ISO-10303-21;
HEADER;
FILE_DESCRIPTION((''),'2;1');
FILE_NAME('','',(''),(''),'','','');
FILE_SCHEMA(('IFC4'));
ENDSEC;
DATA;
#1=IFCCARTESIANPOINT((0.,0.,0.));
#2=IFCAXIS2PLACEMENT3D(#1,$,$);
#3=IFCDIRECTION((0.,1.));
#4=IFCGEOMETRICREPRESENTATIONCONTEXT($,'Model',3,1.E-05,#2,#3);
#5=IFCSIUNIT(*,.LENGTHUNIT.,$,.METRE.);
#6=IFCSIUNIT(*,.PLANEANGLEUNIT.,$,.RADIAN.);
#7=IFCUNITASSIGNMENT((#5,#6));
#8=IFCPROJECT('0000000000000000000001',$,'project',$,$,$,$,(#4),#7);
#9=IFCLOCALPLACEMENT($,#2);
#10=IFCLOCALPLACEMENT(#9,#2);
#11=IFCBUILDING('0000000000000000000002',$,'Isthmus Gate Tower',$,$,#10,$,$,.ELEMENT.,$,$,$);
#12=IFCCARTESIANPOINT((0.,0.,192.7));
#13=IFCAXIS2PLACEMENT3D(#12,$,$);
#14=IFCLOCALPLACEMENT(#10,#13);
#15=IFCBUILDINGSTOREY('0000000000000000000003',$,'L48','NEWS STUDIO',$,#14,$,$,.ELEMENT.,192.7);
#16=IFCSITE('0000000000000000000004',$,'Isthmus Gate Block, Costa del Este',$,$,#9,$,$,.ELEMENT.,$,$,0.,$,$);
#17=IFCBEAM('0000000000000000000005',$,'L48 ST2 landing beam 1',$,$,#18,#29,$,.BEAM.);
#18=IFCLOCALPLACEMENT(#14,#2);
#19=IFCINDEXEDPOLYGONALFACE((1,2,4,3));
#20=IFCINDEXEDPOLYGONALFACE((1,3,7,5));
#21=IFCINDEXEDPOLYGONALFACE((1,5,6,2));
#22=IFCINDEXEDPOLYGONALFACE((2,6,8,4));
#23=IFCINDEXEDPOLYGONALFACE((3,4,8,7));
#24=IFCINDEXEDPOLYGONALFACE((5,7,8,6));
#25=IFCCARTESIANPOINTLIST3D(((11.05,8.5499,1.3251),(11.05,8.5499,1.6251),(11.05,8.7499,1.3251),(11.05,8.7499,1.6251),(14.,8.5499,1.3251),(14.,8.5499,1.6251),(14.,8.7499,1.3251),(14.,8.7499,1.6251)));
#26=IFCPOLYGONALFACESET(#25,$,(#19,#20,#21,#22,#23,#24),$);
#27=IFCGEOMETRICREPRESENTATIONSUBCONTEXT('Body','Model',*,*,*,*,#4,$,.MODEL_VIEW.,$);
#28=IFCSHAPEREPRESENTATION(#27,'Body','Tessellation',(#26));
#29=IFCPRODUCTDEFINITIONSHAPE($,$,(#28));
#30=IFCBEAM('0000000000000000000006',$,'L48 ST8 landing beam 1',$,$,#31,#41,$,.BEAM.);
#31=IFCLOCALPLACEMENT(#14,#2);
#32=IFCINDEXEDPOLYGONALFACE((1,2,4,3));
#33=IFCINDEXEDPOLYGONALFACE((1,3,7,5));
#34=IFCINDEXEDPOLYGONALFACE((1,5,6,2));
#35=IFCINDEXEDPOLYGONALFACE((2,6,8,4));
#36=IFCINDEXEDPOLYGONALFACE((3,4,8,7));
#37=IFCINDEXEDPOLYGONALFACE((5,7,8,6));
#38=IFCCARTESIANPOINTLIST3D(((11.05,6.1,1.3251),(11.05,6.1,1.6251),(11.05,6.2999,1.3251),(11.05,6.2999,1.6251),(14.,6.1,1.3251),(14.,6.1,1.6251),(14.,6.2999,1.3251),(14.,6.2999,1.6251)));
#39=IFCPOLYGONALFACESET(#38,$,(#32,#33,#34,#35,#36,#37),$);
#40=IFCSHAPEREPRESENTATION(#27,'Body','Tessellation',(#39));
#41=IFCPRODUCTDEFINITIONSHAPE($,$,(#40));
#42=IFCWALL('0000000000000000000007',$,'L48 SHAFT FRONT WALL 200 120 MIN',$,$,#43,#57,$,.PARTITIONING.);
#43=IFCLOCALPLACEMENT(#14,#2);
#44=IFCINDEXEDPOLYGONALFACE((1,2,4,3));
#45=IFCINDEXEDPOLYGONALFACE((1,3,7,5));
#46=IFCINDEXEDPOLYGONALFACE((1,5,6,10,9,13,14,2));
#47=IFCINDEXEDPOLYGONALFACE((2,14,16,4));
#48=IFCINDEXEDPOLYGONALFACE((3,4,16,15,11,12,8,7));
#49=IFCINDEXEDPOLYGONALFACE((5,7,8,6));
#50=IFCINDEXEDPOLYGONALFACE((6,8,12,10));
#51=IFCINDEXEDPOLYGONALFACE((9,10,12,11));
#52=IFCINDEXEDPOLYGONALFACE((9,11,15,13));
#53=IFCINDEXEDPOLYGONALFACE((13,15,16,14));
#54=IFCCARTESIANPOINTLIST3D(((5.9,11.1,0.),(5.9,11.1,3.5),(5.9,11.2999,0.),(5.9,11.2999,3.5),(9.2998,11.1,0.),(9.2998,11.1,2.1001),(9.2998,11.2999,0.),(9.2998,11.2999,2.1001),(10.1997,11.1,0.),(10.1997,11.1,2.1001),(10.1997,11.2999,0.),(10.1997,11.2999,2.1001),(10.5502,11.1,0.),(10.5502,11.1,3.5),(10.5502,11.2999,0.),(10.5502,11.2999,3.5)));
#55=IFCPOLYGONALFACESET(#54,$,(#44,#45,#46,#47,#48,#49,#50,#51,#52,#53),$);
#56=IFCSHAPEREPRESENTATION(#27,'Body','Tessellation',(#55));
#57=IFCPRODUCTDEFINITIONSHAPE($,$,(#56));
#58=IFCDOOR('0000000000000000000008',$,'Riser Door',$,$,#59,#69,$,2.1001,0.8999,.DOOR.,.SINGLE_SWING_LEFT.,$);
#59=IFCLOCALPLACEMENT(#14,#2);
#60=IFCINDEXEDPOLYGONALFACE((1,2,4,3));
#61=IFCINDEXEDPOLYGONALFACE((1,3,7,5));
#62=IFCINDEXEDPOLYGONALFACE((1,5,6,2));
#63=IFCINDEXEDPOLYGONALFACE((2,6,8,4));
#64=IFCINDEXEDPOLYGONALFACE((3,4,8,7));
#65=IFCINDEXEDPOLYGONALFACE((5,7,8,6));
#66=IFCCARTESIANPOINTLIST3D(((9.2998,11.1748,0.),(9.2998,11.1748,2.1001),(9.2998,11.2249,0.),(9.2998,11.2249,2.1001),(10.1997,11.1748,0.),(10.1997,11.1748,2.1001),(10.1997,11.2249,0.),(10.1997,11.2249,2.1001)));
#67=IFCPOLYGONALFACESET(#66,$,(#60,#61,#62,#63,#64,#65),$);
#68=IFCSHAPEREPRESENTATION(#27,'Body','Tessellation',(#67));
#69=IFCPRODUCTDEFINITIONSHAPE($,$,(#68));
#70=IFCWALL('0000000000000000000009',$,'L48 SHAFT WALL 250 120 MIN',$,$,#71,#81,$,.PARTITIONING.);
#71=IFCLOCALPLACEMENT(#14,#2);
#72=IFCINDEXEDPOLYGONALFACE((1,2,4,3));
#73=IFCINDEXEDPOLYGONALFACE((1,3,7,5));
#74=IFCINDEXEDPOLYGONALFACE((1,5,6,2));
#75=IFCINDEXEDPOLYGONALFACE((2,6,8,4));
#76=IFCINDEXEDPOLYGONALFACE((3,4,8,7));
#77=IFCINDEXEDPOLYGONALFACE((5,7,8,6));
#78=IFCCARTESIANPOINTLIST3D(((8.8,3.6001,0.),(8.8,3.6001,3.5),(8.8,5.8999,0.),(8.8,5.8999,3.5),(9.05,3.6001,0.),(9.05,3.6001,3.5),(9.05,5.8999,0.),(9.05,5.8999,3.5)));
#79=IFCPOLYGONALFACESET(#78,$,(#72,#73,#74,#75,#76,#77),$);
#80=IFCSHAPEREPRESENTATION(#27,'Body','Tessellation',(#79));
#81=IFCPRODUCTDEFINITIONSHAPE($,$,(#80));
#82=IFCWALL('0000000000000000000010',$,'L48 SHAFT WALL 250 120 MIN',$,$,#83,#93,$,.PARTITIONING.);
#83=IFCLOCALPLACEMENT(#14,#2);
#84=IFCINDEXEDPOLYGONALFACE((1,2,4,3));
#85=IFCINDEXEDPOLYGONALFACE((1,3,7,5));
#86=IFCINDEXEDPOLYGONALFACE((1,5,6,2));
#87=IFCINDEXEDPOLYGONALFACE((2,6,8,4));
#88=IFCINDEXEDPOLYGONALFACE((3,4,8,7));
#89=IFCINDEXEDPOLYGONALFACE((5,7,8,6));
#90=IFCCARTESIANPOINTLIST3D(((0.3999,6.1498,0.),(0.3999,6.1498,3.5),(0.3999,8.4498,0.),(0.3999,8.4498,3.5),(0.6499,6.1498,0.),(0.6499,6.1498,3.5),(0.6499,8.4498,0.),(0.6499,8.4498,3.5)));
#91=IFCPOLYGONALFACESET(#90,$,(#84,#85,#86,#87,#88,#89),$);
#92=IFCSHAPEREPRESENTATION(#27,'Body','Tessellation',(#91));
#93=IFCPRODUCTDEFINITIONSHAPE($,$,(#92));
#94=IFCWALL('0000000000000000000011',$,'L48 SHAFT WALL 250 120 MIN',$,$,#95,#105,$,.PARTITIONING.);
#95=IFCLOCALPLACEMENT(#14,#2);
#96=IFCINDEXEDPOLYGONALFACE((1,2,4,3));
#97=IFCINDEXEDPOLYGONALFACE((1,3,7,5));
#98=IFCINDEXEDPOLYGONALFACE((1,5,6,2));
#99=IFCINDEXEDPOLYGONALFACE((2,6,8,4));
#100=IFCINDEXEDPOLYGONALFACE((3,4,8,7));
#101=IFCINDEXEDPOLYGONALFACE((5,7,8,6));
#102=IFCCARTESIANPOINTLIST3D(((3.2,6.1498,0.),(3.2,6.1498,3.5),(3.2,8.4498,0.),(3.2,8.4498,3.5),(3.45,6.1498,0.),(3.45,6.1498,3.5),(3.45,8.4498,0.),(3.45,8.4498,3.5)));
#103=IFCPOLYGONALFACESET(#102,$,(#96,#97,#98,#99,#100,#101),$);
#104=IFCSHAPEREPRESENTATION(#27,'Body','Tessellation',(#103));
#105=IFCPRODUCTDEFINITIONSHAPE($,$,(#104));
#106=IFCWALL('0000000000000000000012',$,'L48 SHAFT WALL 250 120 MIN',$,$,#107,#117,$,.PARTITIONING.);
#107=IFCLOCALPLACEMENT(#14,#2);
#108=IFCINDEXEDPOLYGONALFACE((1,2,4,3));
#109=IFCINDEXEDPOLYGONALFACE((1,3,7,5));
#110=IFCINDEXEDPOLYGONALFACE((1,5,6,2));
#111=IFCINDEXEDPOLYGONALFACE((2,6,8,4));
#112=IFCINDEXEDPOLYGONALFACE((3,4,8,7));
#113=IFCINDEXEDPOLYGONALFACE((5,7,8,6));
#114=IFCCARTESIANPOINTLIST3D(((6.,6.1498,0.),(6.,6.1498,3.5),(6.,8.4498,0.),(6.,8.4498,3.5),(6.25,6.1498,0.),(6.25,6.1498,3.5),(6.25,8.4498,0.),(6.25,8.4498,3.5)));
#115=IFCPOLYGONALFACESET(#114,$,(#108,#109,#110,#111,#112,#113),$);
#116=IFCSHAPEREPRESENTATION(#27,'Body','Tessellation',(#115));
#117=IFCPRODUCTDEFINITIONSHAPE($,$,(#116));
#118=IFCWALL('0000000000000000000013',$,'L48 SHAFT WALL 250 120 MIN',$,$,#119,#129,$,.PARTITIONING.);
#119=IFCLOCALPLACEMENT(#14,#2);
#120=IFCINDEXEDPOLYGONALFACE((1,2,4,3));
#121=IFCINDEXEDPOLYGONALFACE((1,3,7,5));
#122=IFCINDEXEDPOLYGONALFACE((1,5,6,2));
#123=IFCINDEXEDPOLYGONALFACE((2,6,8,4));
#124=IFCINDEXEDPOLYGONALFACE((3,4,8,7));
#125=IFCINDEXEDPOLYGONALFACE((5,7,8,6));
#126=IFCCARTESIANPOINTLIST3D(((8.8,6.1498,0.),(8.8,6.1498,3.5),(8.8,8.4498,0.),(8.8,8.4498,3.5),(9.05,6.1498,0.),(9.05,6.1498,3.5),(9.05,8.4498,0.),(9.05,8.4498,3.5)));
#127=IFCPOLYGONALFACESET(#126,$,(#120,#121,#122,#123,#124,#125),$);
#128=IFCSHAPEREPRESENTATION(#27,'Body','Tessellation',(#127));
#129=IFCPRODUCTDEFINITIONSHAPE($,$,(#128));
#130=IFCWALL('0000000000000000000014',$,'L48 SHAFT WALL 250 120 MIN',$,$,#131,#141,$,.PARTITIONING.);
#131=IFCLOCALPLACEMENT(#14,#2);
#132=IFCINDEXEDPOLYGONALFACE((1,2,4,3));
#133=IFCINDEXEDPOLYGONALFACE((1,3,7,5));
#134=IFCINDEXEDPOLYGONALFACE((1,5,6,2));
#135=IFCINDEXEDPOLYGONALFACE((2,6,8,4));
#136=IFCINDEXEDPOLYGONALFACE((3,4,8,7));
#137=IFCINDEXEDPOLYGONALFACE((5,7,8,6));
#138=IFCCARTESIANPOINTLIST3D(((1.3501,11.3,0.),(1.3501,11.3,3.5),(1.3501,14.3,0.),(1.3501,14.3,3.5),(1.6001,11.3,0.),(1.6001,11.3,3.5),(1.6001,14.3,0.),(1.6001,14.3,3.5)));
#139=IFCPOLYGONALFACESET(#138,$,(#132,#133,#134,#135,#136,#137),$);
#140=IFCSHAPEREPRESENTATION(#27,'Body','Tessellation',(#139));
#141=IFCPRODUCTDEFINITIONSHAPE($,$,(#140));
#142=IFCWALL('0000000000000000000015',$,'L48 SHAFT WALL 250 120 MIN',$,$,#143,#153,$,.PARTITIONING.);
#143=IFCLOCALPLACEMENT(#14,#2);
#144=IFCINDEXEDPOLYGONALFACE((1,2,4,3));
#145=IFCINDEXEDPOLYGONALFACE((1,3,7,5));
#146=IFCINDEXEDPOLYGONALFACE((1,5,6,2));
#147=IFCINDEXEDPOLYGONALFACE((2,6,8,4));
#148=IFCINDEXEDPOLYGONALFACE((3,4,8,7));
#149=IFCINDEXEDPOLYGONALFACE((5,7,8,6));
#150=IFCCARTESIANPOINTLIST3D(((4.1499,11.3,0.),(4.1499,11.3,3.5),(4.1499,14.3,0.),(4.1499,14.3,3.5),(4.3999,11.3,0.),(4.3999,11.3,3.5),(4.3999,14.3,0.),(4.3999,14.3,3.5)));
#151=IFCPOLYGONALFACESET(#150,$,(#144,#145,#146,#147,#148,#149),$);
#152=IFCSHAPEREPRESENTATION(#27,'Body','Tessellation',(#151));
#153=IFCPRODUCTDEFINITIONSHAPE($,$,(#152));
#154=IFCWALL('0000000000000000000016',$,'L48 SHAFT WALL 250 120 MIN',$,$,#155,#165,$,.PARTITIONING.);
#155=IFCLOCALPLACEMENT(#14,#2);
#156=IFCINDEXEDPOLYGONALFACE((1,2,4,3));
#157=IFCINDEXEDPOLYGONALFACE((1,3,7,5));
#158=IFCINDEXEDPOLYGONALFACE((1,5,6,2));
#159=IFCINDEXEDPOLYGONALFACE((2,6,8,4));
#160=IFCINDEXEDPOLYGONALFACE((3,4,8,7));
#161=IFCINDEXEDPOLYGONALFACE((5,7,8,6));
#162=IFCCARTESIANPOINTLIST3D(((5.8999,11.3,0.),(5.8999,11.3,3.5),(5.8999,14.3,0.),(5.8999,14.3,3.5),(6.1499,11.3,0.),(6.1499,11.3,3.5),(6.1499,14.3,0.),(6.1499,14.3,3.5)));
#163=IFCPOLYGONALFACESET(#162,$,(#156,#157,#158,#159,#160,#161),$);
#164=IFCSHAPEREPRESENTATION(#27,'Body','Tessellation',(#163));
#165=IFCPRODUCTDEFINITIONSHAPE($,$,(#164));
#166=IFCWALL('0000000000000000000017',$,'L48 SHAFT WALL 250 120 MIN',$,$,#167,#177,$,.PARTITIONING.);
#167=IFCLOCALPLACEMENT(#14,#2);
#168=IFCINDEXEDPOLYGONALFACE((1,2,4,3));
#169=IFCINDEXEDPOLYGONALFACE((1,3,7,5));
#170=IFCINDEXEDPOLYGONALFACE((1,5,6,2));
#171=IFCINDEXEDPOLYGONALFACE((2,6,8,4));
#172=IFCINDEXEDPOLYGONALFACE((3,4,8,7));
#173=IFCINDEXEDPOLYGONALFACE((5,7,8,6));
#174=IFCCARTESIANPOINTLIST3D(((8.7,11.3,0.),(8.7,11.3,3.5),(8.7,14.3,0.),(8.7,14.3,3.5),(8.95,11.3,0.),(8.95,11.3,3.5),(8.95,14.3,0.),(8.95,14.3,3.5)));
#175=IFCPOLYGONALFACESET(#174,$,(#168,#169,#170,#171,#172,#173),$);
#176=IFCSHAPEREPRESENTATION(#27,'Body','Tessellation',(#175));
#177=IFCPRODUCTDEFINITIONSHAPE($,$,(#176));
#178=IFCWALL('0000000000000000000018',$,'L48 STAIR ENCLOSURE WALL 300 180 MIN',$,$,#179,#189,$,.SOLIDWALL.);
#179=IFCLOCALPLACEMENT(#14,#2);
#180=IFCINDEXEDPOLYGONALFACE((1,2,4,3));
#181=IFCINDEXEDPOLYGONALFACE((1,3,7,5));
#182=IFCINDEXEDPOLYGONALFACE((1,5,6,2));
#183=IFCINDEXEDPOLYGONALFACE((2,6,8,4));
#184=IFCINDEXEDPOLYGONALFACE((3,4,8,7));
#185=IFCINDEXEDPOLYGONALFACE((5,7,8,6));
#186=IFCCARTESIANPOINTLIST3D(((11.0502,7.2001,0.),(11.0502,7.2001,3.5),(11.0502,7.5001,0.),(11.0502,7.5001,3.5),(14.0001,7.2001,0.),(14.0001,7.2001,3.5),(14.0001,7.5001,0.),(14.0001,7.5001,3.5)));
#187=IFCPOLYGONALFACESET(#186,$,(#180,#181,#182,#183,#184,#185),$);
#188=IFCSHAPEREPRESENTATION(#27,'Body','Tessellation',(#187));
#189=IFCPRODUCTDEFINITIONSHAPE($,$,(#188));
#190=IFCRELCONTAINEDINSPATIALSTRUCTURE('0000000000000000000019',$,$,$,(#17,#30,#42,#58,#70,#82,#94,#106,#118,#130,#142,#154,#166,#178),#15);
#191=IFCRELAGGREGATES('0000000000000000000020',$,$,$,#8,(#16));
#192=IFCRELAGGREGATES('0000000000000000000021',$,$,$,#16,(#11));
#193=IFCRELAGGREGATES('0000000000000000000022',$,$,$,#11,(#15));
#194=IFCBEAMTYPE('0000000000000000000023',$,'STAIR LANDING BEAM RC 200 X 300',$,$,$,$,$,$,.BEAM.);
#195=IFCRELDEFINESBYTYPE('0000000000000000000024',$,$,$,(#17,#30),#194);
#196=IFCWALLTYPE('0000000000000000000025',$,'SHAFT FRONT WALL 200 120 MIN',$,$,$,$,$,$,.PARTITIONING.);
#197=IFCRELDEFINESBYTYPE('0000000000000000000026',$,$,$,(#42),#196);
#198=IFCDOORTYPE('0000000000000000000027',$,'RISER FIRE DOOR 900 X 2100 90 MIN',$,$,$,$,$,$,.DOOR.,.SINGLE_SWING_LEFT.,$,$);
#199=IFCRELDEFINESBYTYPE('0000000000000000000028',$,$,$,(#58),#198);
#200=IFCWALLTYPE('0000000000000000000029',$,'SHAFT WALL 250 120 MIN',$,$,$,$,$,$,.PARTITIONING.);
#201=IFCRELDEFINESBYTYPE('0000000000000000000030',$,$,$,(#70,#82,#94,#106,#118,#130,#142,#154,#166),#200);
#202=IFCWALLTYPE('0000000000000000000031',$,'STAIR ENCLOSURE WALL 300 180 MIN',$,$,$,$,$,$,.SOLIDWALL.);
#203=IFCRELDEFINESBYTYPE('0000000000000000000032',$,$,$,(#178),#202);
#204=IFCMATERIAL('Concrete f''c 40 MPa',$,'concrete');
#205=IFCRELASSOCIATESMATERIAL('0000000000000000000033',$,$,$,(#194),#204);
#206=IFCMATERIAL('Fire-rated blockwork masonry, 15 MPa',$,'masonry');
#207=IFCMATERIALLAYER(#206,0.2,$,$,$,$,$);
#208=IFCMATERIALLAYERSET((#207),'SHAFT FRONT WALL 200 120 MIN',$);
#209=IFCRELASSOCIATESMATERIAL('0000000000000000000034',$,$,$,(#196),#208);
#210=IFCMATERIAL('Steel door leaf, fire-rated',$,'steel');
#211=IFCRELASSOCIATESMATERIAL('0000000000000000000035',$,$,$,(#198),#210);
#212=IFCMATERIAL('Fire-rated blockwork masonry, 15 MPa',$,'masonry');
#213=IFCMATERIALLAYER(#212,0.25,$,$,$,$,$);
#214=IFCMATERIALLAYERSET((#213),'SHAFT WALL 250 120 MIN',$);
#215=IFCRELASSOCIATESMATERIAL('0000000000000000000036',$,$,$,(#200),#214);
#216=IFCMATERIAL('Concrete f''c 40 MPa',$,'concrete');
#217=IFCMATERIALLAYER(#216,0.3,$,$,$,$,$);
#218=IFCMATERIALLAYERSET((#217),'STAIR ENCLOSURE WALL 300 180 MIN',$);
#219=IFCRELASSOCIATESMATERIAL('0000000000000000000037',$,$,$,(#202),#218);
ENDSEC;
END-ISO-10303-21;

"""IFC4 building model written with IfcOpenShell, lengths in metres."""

from ifc_helpers import new_model, si_unit, direction, frame, frame_2d, origin, origin_2d, place, context, subcontext, project, spatial, rectangle, extrude, material, layer, layer_set, material_profile, profile_set, type_object, element, fill, save


model = new_model("IFC4")

# Units and contexts
model_context = context("Model", 3, precision=1e-05, world=origin(), true_north=direction((0.0, 1.0)))
body_context = subcontext(model_context, "Body", "Model", "MODEL_VIEW")
ifc_project = project(units=[si_unit("LENGTHUNIT", "METRE"), si_unit("PLANEANGLEUNIT", "RADIAN")], contexts=[model_context])

# Site, building, storey
site_placement = place(None, origin())
site = spatial("IfcSite", under=ifc_project, at=site_placement, Name="Isthmus Gate Block, Costa del Este", CompositionType="ELEMENT", RefElevation=0.0)
building_placement = place(site_placement, origin())
building = spatial("IfcBuilding", under=site, at=building_placement, Name="Isthmus Gate Tower", CompositionType="ELEMENT")
storey_placement = place(building_placement, frame((0.0, 0.0, 192.7)))
storey = spatial("IfcBuildingStorey", under=building, at=storey_placement, Name="L48", Description="NEWS STUDIO", CompositionType="ELEMENT", Elevation=192.7)

# Beams
ifc_material_1 = material(Name="Concrete f'c 40 MPa", Category="concrete")
ifc_material_profile = material_profile(ifc_material_1, rectangle(XDim=0.2, YDim=0.3, at=origin_2d()), Name="STAIR LANDING BEAM RC 200 X 300")
ifc_profile_set = profile_set([ifc_material_profile], Name="Concrete f'c 40 MPa")
beam_type = type_object("IfcBeamType", Name="STAIR LANDING BEAM RC 200 X 300", PredefinedType="BEAM", material=ifc_profile_set)
for number, where, z_axis, x_axis, name in (
    (1, (11.05, 8.6499, 1.4751), (1.0, 0.0, 0.0), (0.0, 1.0, 0.0), "L48 ST2 landing beam 1"),
    (2, (11.05, 6.2, 1.4751), (1.0, 0.0, 0.0), (0.0, 1.0, 0.0), "L48 ST8 landing beam 1"),
):
    element("IfcBeam", number, at=place(storey_placement, frame(where, z_axis=z_axis, x_axis=x_axis)), inside=storey, type_object=beam_type, Name=name, PredefinedType="BEAM", context=body_context, shape_type="SweptSolid", body=[
        extrude(rectangle(XDim=0.2, YDim=0.3, at=origin_2d()), origin(), (0.0, 0.0, 1.0), 2.95),
    ])

# Wall, opening, door
ifc_material_2 = material(Name="Fire-rated blockwork masonry, 15 MPa", Category="masonry")
ifc_layer_1 = layer(ifc_material_2, 0.2)
ifc_layer_set_1 = layer_set([ifc_layer_1], Name="SHAFT FRONT WALL 200 120 MIN")
wall_type_1 = type_object("IfcWallType", Name="SHAFT FRONT WALL 200 120 MIN", PredefinedType="PARTITIONING", material=ifc_layer_set_1)
wall_1_placement = place(storey_placement, frame((5.8999, 11.2, 0.0), z_axis=(0.0, 0.0, 1.0), x_axis=(1.0, 0.0, 0.0)))
wall_1 = element("IfcWall", 3, at=wall_1_placement, inside=storey, type_object=wall_type_1, Name="L48 SHAFT FRONT WALL 200 120 MIN", PredefinedType="PARTITIONING", context=body_context, shape_type="SweptSolid", body=[
    extrude(rectangle(XDim=4.6501, YDim=0.2, at=frame_2d((2.3252, 0.0))), origin(), (0.0, 0.0, 1.0), 3.5),
])
opening_placement = place(wall_1_placement, frame((3.3999, 0.0, 0.0)))
opening = element("IfcOpeningElement", 4, at=opening_placement, cuts=wall_1, PredefinedType="OPENING", context=body_context, shape_type="SweptSolid", body=[
    extrude(rectangle(XDim=0.8999, YDim=2.1001, at=frame_2d((0.45, 1.05))), frame((0.0, 0.1099, 0.0), z_axis=(0.0, -1.0, 0.0), x_axis=(1.0, 0.0, 0.0)), (0.0, 0.0, 1.0), 0.22),
])
ifc_material_3 = material(Name="Steel door leaf, fire-rated", Category="steel")
door_type = type_object("IfcDoorType", Name="RISER FIRE DOOR 900 X 2100 90 MIN", OperationType="SINGLE_SWING_LEFT", PredefinedType="DOOR", material=ifc_material_3)
door_placement = place(opening_placement, origin())
door = element("IfcDoor", 5, at=door_placement, inside=storey, type_object=door_type, Name="Riser Door", OperationType="SINGLE_SWING_LEFT", OverallHeight=2.1001, OverallWidth=0.8999, PredefinedType="DOOR", context=body_context, shape_type="SweptSolid", body=[
    extrude(rectangle(XDim=0.8999, YDim=2.1001, at=frame_2d((0.45, 1.05))), frame((0.0, 0.0249, 0.0), z_axis=(0.0, -1.0, 0.0), x_axis=(1.0, 0.0, 0.0)), (0.0, 0.0, 1.0), 0.05),
])
fill(opening, door)

# Walls
ifc_material_4 = material(Name="Fire-rated blockwork masonry, 15 MPa", Category="masonry")
ifc_layer_2 = layer(ifc_material_4, 0.25)
ifc_layer_set_2 = layer_set([ifc_layer_2], Name="SHAFT WALL 250 120 MIN")
wall_type_2 = type_object("IfcWallType", Name="SHAFT WALL 250 120 MIN", PredefinedType="PARTITIONING", material=ifc_layer_set_2)
wall_2_placement = place(storey_placement, frame((8.925, 3.6001, 0.0), z_axis=(0.0, 0.0, 1.0), x_axis=(0.0, 1.0, 0.0)))
element("IfcWall", 6, at=wall_2_placement, inside=storey, type_object=wall_type_2, Name="L48 SHAFT WALL 250 120 MIN", PredefinedType="PARTITIONING", context=body_context, shape_type="SweptSolid", body=[
    extrude(rectangle(XDim=2.2998, YDim=0.25, at=frame_2d((1.1499, 0.0))), origin(), (0.0, 0.0, 1.0), 3.5),
])
for number, where, z_axis, x_axis, name in (
    (7, (0.5249, 6.1499, 0.0), (0.0, 0.0, 1.0), (0.0, 1.0, 0.0), "L48 SHAFT WALL 250 120 MIN"),
    (8, (3.325, 6.1499, 0.0), (0.0, 0.0, 1.0), (0.0, 1.0, 0.0), "L48 SHAFT WALL 250 120 MIN"),
    (9, (6.125, 6.1499, 0.0), (0.0, 0.0, 1.0), (0.0, 1.0, 0.0), "L48 SHAFT WALL 250 120 MIN"),
    (10, (8.925, 6.1499, 0.0), (0.0, 0.0, 1.0), (0.0, 1.0, 0.0), "L48 SHAFT WALL 250 120 MIN"),
):
    element("IfcWall", number, at=place(storey_placement, frame(where, z_axis=z_axis, x_axis=x_axis)), inside=storey, type_object=wall_type_2, Name=name, PredefinedType="PARTITIONING", context=body_context, shape_type="SweptSolid", body=[
        extrude(rectangle(XDim=2.3, YDim=0.25, at=frame_2d((1.1499, 0.0))), origin(), (0.0, 0.0, 1.0), 3.5),
    ])
for number, where, z_axis, x_axis, name in (
    (11, (1.4751, 11.3, 0.0), (0.0, 0.0, 1.0), (0.0, 1.0, 0.0), "L48 SHAFT WALL 250 120 MIN"),
    (12, (4.2749, 11.3, 0.0), (0.0, 0.0, 1.0), (0.0, 1.0, 0.0), "L48 SHAFT WALL 250 120 MIN"),
    (13, (6.0249, 11.3, 0.0), (0.0, 0.0, 1.0), (0.0, 1.0, 0.0), "L48 SHAFT WALL 250 120 MIN"),
    (14, (8.825, 11.3, 0.0), (0.0, 0.0, 1.0), (0.0, 1.0, 0.0), "L48 SHAFT WALL 250 120 MIN"),
):
    element("IfcWall", number, at=place(storey_placement, frame(where, z_axis=z_axis, x_axis=x_axis)), inside=storey, type_object=wall_type_2, Name=name, PredefinedType="PARTITIONING", context=body_context, shape_type="SweptSolid", body=[
        extrude(rectangle(XDim=3.0, YDim=0.25, at=frame_2d((1.5, 0.0))), origin(), (0.0, 0.0, 1.0), 3.5),
    ])
ifc_material_5 = material(Name="Concrete f'c 40 MPa", Category="concrete")
ifc_layer_3 = layer(ifc_material_5, 0.3)
ifc_layer_set_3 = layer_set([ifc_layer_3], Name="STAIR ENCLOSURE WALL 300 180 MIN")
wall_type_3 = type_object("IfcWallType", Name="STAIR ENCLOSURE WALL 300 180 MIN", PredefinedType="SOLIDWALL", material=ifc_layer_set_3)
wall_3_placement = place(storey_placement, frame((11.05, 7.3501, 0.0), z_axis=(0.0, 0.0, 1.0), x_axis=(1.0, 0.0, 0.0)))
element("IfcWall", 15, at=wall_3_placement, inside=storey, type_object=wall_type_3, Name="L48 STAIR ENCLOSURE WALL 300 180 MIN", PredefinedType="SOLIDWALL", context=body_context, shape_type="SweptSolid", body=[
    extrude(rectangle(XDim=2.95, YDim=0.3, at=frame_2d((1.4751, 0.0))), origin(), (0.0, 0.0, 1.0), 3.5),
])

save(model, "model.ifc")
